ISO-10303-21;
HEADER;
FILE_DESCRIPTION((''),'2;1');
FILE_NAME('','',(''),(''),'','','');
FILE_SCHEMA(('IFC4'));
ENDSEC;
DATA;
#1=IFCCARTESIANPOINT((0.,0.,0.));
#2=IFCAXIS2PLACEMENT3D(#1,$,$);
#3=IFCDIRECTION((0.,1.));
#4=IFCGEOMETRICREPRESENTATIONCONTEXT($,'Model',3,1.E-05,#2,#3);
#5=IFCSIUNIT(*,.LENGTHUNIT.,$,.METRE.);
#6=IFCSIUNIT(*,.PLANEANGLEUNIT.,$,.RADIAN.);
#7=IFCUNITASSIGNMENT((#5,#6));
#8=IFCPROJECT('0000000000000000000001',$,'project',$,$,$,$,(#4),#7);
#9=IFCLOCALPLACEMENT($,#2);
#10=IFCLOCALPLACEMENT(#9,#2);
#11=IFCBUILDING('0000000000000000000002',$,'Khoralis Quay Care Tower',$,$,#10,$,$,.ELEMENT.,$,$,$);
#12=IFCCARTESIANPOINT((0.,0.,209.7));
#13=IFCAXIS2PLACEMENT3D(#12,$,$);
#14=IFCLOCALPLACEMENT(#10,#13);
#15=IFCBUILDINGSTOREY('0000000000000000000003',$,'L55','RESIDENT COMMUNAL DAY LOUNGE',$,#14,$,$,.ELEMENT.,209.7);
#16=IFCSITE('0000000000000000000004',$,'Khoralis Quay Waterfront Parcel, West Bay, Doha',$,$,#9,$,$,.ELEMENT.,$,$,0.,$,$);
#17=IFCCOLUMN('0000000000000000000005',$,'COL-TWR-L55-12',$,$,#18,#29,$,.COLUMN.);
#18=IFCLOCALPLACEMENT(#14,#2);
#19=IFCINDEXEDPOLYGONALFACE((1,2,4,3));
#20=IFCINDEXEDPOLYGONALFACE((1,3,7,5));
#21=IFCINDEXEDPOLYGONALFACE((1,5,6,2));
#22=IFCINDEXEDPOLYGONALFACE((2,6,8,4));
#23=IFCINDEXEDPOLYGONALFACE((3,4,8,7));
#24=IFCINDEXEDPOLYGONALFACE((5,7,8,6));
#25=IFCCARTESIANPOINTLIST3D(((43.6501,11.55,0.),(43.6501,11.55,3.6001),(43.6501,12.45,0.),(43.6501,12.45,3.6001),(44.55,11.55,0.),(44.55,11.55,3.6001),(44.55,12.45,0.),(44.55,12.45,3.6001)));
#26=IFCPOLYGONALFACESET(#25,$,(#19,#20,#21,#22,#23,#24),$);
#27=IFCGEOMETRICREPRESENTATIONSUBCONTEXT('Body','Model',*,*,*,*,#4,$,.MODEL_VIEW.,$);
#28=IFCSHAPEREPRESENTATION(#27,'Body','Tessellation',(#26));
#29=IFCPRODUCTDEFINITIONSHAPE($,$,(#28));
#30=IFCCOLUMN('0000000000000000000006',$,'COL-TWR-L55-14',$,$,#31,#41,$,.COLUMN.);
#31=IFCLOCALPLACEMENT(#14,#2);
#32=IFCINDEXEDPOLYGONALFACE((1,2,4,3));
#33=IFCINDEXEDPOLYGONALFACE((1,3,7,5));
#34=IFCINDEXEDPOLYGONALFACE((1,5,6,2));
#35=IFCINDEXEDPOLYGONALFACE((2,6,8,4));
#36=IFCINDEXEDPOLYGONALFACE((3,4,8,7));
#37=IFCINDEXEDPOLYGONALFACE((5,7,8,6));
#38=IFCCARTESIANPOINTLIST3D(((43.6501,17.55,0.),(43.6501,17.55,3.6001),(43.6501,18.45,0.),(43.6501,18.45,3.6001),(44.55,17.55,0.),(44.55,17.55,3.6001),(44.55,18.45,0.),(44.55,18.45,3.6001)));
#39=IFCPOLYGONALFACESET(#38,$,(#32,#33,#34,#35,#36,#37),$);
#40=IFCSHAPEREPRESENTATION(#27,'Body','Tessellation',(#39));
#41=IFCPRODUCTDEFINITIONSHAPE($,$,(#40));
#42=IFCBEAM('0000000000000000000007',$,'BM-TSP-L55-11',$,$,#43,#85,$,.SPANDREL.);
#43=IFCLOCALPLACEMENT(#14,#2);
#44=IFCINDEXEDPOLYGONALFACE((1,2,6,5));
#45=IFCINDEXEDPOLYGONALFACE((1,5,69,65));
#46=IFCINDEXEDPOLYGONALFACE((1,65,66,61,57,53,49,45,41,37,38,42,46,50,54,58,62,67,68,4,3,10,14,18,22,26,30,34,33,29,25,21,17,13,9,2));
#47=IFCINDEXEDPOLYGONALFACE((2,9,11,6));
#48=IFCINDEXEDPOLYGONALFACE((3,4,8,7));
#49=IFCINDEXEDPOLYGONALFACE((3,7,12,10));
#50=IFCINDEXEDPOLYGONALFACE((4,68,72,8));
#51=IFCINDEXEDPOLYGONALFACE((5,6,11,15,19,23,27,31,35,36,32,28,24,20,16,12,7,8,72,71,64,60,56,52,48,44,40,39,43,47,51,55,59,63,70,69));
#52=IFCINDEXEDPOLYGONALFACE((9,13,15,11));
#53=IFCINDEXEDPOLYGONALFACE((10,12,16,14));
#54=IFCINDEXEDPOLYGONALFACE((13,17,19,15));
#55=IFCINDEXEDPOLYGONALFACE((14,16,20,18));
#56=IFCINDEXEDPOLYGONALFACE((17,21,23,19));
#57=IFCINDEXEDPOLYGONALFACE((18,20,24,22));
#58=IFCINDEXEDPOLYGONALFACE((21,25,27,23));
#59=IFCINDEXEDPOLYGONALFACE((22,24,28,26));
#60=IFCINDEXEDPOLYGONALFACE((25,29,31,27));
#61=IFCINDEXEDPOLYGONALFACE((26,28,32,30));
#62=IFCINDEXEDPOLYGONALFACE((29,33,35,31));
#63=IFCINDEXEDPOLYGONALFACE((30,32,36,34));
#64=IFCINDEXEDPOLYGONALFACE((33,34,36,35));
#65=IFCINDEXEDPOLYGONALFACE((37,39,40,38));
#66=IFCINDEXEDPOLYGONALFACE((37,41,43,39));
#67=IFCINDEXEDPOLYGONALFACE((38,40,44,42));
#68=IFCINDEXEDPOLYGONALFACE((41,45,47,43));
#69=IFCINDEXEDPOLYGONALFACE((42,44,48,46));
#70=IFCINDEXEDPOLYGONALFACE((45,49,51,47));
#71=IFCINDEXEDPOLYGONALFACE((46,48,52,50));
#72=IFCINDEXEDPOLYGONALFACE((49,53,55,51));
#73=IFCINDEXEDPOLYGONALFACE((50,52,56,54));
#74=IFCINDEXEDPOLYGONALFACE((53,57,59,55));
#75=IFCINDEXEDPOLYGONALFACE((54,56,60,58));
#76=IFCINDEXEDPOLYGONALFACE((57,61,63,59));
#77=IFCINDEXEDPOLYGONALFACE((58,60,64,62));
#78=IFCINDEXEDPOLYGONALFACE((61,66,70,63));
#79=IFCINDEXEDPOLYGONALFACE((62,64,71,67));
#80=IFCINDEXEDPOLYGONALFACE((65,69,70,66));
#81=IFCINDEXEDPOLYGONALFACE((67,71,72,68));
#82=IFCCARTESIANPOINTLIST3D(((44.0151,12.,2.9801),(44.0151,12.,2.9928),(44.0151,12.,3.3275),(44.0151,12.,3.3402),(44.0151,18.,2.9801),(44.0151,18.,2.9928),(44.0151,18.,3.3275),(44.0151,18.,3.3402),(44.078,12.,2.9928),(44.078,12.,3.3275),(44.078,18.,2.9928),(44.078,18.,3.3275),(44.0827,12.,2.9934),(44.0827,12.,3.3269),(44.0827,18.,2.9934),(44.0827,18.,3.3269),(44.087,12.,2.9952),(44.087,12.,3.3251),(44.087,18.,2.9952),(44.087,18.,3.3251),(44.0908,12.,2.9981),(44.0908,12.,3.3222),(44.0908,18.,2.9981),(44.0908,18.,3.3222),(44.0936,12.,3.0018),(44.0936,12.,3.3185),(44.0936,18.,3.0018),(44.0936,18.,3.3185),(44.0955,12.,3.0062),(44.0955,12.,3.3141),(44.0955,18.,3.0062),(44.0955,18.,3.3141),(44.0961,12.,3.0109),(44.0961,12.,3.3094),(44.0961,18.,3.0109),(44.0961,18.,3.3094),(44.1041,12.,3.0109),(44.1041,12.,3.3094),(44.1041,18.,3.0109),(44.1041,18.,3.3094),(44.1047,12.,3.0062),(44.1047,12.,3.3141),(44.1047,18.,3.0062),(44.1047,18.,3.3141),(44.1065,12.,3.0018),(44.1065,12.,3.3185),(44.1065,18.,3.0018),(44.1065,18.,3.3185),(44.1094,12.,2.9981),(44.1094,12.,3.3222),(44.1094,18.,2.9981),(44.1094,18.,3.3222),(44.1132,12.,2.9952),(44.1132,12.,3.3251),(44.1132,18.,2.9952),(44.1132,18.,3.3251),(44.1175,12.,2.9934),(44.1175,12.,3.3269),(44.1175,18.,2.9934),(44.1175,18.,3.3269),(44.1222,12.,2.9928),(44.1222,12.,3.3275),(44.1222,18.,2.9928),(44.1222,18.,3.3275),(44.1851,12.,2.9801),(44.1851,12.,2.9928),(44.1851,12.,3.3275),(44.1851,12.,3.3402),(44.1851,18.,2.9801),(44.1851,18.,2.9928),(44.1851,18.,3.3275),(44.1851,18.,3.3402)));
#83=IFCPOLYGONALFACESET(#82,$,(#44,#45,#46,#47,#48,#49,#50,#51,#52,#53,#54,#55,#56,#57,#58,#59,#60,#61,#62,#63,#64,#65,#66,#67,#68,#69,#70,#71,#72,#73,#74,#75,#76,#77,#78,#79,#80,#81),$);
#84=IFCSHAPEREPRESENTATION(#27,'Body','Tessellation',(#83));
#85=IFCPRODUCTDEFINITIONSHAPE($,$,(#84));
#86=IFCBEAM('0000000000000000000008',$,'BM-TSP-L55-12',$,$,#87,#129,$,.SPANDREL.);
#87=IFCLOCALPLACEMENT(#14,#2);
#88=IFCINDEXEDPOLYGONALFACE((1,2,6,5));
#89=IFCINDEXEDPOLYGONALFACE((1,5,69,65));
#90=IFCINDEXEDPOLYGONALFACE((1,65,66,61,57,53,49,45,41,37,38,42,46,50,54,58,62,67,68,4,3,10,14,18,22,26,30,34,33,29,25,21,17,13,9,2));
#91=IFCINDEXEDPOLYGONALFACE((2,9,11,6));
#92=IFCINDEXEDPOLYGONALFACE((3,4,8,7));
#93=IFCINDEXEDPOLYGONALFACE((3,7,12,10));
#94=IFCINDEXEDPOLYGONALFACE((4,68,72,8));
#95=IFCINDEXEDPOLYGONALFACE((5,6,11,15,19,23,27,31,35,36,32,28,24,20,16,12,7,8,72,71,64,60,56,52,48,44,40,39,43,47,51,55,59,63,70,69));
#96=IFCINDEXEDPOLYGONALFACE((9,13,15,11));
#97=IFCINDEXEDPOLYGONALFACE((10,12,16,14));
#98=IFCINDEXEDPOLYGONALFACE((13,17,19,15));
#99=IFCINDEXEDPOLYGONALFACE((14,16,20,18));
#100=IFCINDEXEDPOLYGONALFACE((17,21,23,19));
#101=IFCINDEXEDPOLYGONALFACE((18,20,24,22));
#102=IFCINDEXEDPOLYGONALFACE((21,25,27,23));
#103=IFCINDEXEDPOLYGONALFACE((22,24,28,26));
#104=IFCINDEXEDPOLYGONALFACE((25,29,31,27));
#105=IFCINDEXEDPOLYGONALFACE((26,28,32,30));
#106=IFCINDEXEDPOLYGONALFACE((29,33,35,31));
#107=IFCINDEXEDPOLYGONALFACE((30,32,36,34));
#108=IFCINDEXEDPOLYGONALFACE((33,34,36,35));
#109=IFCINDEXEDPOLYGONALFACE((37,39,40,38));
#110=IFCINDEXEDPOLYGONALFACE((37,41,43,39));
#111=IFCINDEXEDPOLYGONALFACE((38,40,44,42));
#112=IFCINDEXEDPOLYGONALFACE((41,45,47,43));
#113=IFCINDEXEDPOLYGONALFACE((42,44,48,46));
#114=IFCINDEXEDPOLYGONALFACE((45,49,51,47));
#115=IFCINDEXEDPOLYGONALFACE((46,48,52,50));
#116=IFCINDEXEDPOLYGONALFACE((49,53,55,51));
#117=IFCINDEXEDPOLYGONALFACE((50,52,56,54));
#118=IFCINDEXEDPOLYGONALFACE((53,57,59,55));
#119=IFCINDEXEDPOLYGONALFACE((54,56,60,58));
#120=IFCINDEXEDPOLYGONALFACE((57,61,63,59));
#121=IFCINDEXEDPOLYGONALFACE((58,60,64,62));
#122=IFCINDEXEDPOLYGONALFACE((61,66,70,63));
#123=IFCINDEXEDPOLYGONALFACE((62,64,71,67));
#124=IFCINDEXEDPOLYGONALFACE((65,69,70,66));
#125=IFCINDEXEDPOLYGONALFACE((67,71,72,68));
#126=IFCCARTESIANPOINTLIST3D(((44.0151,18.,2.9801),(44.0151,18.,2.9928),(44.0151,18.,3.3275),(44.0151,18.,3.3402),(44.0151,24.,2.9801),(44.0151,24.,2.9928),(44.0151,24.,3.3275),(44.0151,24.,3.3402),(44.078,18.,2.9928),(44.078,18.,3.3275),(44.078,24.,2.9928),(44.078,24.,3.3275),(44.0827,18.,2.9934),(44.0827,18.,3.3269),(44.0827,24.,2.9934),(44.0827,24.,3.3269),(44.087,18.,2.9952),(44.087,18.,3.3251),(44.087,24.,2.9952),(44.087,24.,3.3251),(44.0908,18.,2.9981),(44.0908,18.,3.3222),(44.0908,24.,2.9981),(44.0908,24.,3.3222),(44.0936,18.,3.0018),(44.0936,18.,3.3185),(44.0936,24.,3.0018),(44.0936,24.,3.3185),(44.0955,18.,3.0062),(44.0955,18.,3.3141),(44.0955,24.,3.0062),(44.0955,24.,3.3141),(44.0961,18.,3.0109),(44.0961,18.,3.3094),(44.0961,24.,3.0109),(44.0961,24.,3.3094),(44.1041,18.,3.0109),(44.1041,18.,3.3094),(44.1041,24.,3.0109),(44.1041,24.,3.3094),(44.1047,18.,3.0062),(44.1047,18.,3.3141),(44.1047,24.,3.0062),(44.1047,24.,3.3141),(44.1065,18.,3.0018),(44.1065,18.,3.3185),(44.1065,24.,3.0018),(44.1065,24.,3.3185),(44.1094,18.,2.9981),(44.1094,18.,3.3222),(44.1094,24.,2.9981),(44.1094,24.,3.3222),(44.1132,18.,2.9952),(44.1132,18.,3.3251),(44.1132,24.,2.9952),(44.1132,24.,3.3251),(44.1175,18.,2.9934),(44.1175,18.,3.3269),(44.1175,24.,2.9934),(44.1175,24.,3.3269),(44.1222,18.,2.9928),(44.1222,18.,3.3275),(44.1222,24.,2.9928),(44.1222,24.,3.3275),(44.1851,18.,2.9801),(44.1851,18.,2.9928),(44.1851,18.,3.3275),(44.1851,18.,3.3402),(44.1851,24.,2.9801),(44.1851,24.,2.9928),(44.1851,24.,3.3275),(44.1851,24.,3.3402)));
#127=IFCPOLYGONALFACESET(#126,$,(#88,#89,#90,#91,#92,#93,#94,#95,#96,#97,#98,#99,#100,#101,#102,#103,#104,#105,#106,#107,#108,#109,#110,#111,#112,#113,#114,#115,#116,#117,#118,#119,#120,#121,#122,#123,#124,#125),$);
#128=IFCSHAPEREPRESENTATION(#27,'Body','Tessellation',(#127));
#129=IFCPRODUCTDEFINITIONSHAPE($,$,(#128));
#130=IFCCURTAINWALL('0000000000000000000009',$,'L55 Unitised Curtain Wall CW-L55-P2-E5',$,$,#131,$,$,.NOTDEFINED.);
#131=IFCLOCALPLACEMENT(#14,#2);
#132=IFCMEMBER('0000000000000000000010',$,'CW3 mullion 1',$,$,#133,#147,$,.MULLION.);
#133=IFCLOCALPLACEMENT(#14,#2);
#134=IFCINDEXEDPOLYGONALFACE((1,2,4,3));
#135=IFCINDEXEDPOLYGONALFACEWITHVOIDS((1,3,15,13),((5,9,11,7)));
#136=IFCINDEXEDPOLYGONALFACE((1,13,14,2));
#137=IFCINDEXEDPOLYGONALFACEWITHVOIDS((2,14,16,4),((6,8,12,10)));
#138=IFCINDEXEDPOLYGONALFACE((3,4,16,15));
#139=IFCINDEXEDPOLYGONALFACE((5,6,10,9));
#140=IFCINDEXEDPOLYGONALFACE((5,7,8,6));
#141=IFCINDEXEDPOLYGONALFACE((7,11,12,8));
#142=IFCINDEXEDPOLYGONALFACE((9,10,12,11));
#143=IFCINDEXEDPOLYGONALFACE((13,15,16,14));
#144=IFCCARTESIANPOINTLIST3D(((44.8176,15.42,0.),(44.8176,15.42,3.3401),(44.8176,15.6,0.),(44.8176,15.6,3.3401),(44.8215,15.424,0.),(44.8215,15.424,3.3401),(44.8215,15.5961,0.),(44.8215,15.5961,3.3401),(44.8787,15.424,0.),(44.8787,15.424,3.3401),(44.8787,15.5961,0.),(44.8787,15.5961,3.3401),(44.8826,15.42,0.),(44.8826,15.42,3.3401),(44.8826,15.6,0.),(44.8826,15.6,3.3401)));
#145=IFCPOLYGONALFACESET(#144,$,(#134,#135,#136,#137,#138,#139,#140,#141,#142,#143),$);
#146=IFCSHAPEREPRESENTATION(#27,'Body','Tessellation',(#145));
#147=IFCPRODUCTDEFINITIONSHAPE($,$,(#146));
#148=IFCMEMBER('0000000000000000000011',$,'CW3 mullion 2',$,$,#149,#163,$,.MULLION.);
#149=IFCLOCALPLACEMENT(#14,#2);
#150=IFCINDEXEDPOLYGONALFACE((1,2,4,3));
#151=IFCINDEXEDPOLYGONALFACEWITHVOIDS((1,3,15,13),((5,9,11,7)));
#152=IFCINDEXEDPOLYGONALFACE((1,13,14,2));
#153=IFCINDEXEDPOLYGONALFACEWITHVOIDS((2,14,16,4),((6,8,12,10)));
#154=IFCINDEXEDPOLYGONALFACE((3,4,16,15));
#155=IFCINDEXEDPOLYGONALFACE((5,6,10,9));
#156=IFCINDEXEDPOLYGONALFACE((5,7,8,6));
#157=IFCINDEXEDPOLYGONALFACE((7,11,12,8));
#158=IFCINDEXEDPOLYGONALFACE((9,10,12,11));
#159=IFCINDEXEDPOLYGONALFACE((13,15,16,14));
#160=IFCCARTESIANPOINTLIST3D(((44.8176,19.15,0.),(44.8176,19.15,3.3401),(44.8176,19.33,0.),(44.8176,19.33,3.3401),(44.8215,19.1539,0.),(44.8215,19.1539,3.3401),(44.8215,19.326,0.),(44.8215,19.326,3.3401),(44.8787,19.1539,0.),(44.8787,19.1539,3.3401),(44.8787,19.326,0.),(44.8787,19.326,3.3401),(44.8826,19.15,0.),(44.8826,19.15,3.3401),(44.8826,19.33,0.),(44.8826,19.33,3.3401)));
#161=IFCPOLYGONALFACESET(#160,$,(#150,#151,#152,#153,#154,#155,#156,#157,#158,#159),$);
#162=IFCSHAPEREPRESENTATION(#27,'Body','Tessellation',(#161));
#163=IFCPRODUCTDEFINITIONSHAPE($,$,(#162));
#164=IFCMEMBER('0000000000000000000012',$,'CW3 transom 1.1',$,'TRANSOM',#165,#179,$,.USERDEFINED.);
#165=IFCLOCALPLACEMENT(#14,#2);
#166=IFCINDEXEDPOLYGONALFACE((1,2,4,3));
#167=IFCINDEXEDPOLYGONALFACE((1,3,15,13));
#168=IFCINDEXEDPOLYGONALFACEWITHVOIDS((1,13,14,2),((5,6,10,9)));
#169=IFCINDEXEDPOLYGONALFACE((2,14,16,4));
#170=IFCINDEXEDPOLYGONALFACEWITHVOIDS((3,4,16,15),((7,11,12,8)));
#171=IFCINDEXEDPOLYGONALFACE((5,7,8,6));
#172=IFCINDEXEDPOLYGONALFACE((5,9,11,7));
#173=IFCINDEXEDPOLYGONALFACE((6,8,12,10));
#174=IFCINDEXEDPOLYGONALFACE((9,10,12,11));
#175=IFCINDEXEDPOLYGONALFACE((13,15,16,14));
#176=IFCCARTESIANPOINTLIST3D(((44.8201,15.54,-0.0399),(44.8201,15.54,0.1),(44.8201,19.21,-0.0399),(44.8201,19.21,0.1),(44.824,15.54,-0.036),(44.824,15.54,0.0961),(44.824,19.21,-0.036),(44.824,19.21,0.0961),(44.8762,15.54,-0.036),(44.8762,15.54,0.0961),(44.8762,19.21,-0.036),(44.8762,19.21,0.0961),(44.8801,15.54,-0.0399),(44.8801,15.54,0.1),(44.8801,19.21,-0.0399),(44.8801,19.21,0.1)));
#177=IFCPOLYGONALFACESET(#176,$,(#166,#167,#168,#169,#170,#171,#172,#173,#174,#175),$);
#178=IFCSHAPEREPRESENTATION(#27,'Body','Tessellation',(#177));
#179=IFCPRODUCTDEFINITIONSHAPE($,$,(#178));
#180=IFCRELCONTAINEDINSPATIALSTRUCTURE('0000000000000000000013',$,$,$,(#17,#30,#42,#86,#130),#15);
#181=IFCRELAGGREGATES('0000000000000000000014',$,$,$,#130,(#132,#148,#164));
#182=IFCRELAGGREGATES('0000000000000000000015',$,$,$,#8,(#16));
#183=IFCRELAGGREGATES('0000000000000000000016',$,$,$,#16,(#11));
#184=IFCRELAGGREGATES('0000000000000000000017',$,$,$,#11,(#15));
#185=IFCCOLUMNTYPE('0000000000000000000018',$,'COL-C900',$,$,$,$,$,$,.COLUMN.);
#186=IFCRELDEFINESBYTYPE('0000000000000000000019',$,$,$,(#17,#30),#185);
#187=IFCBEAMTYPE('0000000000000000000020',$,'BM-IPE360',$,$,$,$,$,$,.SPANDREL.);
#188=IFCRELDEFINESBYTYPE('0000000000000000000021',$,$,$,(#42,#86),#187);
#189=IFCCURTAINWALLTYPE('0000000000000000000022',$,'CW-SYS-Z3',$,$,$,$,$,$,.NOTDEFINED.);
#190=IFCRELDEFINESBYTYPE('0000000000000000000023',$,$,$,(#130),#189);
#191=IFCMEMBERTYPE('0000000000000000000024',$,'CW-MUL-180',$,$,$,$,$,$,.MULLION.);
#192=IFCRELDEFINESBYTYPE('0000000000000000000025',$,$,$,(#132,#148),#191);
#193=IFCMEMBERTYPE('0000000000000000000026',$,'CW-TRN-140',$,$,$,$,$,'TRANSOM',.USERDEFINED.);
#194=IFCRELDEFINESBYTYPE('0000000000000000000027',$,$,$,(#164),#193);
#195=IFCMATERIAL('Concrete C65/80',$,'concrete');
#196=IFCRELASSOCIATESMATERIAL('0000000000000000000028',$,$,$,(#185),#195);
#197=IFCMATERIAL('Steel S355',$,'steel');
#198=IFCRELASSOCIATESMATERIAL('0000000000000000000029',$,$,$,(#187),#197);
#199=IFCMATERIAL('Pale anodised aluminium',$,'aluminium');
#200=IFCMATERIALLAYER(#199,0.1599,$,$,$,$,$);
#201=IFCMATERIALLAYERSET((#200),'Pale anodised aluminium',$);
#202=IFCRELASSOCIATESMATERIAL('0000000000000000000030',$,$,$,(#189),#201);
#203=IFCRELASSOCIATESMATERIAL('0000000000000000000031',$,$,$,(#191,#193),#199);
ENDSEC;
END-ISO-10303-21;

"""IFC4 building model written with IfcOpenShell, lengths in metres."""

from ifc_helpers import new_model, si_unit, direction, frame, origin, origin_2d, place, context, subcontext, project, spatial, rectangle, hollow_rectangle, i_section, extrude, source, transform, mapped, material, layer, layer_set, material_profile, profile_set, type_object, element, aggregate, save


model = new_model("IFC4")

# Units and contexts
model_context = context("Model", 3, precision=1e-05, world=origin(), true_north=direction((0.0, 1.0)))
body_context = subcontext(model_context, "Body", "Model", "MODEL_VIEW")
ifc_project = project(units=[si_unit("LENGTHUNIT", "METRE"), si_unit("PLANEANGLEUNIT", "RADIAN")], contexts=[model_context])

# Site, building, storey
site_placement = place(None, origin())
site = spatial("IfcSite", under=ifc_project, at=site_placement, Name="Khoralis Quay Waterfront Parcel, West Bay, Doha", CompositionType="ELEMENT", RefElevation=0.0)
building_placement = place(site_placement, origin())
building = spatial("IfcBuilding", under=site, at=building_placement, Name="Khoralis Quay Care Tower", CompositionType="ELEMENT")
storey_placement = place(building_placement, frame((0.0, 0.0, 209.7)))
storey = spatial("IfcBuildingStorey", under=building, at=storey_placement, Name="L55", Description="RESIDENT COMMUNAL DAY LOUNGE", CompositionType="ELEMENT", Elevation=209.7)

# Columns
ifc_material_1 = material(Name="Concrete C65/80", Category="concrete")
ifc_material_profile_1 = material_profile(ifc_material_1, rectangle(XDim=0.8999, YDim=0.8999, at=origin_2d()), Name="Concrete C65/80")
ifc_profile_set_1 = profile_set([ifc_material_profile_1], Name="Concrete C65/80")
column_type = type_object("IfcColumnType", Name="COL-C900", PredefinedType="COLUMN", material=ifc_profile_set_1)
shared_shape_1 = source(origin(), body_context, "Body", "SweptSolid", [
    extrude(rectangle(XDim=0.8999, YDim=0.8999, at=origin_2d()), origin(), (0.0, 0.0, 1.0), 3.6001),
])
for number, where, z_axis, x_axis, name in (
    (1, (44.1001, 12.0, 0.0), (0.0, 0.0, 1.0), (1.0, 0.0, 0.0), "COL-TWR-L55-12"),
    (2, (44.1001, 18.0, 0.0), (0.0, 0.0, 1.0), (1.0, 0.0, 0.0), "COL-TWR-L55-14"),
):
    element("IfcColumn", number, at=place(storey_placement, frame(where, z_axis=z_axis, x_axis=x_axis)), inside=storey, type_object=column_type, Name=name, PredefinedType="COLUMN", context=body_context, shape_type="MappedRepresentation", body=[
        mapped(shared_shape_1, transform((0.0, 0.0, 0.0), scale=1.0)),
    ])

# Beams
ifc_material_2 = material(Name="Steel S355", Category="steel")
ifc_material_profile_2 = material_profile(ifc_material_2, i_section(OverallWidth=0.1699, OverallDepth=0.3601, WebThickness=0.0081, FlangeThickness=0.0127, FilletRadius=0.0181, at=origin_2d()), Name="Steel S355")
ifc_profile_set_2 = profile_set([ifc_material_profile_2], Name="Steel S355")
beam_type = type_object("IfcBeamType", Name="BM-IPE360", PredefinedType="SPANDREL", material=ifc_profile_set_2)
shared_shape_2 = source(origin(), body_context, "Body", "SweptSolid", [
    extrude(i_section(OverallWidth=0.1699, OverallDepth=0.3601, WebThickness=0.0081, FlangeThickness=0.0127, FilletRadius=0.0181, at=origin_2d()), origin(), (0.0, 0.0, 1.0), 6.0),
])
for number, where, z_axis, x_axis, name in (
    (3, (44.1001, 12.0, 3.1602), (0.0, 1.0, 0.0), (-1.0, 0.0, 0.0), "BM-TSP-L55-11"),
    (4, (44.1001, 18.0, 3.1602), (0.0, 1.0, 0.0), (-1.0, 0.0, 0.0), "BM-TSP-L55-12"),
):
    element("IfcBeam", number, at=place(storey_placement, frame(where, z_axis=z_axis, x_axis=x_axis)), inside=storey, type_object=beam_type, Name=name, PredefinedType="SPANDREL", context=body_context, shape_type="MappedRepresentation", body=[
        mapped(shared_shape_2, transform((0.0, 0.0, 0.0), scale=1.0)),
    ])

# Curtain wall, members
ifc_material_3 = material(Name="Pale anodised aluminium", Category="aluminium")
ifc_layer_1 = layer(ifc_material_3, 0.1599)
ifc_layer_set_1 = layer_set([ifc_layer_1], Name="Pale anodised aluminium")
curtain_wall_type = type_object("IfcCurtainWallType", Name="CW-SYS-Z3", PredefinedType="NOTDEFINED", material=ifc_layer_set_1)
curtain_wall_placement = place(storey_placement, origin())
curtain_wall = element("IfcCurtainWall", 5, at=curtain_wall_placement, inside=storey, type_object=curtain_wall_type, Name="L55 Unitised Curtain Wall CW-L55-P2-E5", PredefinedType="NOTDEFINED")
ifc_material_profile_3 = material_profile(ifc_material_3, hollow_rectangle(XDim=0.0649, YDim=0.1799, WallThickness=0.0039, at=origin_2d()), Name="Pale anodised aluminium")
ifc_profile_set_3 = profile_set([ifc_material_profile_3], Name="Pale anodised aluminium")
member_type_1 = type_object("IfcMemberType", Name="CW-MUL-180", PredefinedType="MULLION", material=ifc_profile_set_3)
shared_shape_3 = source(origin(), body_context, "Body", "SweptSolid", [
    extrude(hollow_rectangle(XDim=0.0649, YDim=0.1799, WallThickness=0.0039, at=origin_2d()), origin(), (0.0, 0.0, 1.0), 3.3401),
])
member_1_placement = place(storey_placement, frame((44.8501, 15.51, 0.0), z_axis=(0.0, 0.0, 1.0), x_axis=(-1.0, 0.0, 0.0)))
member_1 = element("IfcMember", 6, at=member_1_placement, type_object=member_type_1, Name="CW3 mullion 1", PredefinedType="MULLION", context=body_context, shape_type="MappedRepresentation", body=[
    mapped(shared_shape_3, transform((0.0, 0.0, 0.0), scale=1.0)),
])
member_2_placement = place(storey_placement, frame((44.8501, 19.24, 0.0), z_axis=(0.0, 0.0, 1.0), x_axis=(-1.0, 0.0, 0.0)))
member_2 = element("IfcMember", 7, at=member_2_placement, type_object=member_type_1, Name="CW3 mullion 2", PredefinedType="MULLION", context=body_context, shape_type="MappedRepresentation", body=[
    mapped(shared_shape_3, transform((0.0, 0.0, 0.0), scale=1.0)),
])
ifc_material_profile_4 = material_profile(ifc_material_3, hollow_rectangle(XDim=0.0601, YDim=0.1399, WallThickness=0.0039, at=origin_2d()), Name="Pale anodised aluminium")
ifc_profile_set_4 = profile_set([ifc_material_profile_4], Name="Pale anodised aluminium")
member_type_2 = type_object("IfcMemberType", Name="CW-TRN-140", ElementType="TRANSOM", PredefinedType="USERDEFINED", material=ifc_profile_set_4)
shared_shape_4 = source(origin(), body_context, "Body", "SweptSolid", [
    extrude(hollow_rectangle(XDim=0.0601, YDim=0.1399, WallThickness=0.0039, at=origin_2d()), origin(), (0.0, 0.0, 1.0), 3.6699),
])
member_3_placement = place(storey_placement, frame((44.8501, 15.54, 0.03), z_axis=(0.0, 1.0, 0.0), x_axis=(-1.0, 0.0, 0.0)))
member_3 = element("IfcMember", 8, at=member_3_placement, type_object=member_type_2, Name="CW3 transom 1.1", ObjectType="TRANSOM", PredefinedType="USERDEFINED", context=body_context, shape_type="MappedRepresentation", body=[
    mapped(shared_shape_4, transform((0.0, 0.0, 0.0), scale=1.0)),
])
aggregate(curtain_wall, [member_1, member_2, member_3])

save(model, "model.ifc")
